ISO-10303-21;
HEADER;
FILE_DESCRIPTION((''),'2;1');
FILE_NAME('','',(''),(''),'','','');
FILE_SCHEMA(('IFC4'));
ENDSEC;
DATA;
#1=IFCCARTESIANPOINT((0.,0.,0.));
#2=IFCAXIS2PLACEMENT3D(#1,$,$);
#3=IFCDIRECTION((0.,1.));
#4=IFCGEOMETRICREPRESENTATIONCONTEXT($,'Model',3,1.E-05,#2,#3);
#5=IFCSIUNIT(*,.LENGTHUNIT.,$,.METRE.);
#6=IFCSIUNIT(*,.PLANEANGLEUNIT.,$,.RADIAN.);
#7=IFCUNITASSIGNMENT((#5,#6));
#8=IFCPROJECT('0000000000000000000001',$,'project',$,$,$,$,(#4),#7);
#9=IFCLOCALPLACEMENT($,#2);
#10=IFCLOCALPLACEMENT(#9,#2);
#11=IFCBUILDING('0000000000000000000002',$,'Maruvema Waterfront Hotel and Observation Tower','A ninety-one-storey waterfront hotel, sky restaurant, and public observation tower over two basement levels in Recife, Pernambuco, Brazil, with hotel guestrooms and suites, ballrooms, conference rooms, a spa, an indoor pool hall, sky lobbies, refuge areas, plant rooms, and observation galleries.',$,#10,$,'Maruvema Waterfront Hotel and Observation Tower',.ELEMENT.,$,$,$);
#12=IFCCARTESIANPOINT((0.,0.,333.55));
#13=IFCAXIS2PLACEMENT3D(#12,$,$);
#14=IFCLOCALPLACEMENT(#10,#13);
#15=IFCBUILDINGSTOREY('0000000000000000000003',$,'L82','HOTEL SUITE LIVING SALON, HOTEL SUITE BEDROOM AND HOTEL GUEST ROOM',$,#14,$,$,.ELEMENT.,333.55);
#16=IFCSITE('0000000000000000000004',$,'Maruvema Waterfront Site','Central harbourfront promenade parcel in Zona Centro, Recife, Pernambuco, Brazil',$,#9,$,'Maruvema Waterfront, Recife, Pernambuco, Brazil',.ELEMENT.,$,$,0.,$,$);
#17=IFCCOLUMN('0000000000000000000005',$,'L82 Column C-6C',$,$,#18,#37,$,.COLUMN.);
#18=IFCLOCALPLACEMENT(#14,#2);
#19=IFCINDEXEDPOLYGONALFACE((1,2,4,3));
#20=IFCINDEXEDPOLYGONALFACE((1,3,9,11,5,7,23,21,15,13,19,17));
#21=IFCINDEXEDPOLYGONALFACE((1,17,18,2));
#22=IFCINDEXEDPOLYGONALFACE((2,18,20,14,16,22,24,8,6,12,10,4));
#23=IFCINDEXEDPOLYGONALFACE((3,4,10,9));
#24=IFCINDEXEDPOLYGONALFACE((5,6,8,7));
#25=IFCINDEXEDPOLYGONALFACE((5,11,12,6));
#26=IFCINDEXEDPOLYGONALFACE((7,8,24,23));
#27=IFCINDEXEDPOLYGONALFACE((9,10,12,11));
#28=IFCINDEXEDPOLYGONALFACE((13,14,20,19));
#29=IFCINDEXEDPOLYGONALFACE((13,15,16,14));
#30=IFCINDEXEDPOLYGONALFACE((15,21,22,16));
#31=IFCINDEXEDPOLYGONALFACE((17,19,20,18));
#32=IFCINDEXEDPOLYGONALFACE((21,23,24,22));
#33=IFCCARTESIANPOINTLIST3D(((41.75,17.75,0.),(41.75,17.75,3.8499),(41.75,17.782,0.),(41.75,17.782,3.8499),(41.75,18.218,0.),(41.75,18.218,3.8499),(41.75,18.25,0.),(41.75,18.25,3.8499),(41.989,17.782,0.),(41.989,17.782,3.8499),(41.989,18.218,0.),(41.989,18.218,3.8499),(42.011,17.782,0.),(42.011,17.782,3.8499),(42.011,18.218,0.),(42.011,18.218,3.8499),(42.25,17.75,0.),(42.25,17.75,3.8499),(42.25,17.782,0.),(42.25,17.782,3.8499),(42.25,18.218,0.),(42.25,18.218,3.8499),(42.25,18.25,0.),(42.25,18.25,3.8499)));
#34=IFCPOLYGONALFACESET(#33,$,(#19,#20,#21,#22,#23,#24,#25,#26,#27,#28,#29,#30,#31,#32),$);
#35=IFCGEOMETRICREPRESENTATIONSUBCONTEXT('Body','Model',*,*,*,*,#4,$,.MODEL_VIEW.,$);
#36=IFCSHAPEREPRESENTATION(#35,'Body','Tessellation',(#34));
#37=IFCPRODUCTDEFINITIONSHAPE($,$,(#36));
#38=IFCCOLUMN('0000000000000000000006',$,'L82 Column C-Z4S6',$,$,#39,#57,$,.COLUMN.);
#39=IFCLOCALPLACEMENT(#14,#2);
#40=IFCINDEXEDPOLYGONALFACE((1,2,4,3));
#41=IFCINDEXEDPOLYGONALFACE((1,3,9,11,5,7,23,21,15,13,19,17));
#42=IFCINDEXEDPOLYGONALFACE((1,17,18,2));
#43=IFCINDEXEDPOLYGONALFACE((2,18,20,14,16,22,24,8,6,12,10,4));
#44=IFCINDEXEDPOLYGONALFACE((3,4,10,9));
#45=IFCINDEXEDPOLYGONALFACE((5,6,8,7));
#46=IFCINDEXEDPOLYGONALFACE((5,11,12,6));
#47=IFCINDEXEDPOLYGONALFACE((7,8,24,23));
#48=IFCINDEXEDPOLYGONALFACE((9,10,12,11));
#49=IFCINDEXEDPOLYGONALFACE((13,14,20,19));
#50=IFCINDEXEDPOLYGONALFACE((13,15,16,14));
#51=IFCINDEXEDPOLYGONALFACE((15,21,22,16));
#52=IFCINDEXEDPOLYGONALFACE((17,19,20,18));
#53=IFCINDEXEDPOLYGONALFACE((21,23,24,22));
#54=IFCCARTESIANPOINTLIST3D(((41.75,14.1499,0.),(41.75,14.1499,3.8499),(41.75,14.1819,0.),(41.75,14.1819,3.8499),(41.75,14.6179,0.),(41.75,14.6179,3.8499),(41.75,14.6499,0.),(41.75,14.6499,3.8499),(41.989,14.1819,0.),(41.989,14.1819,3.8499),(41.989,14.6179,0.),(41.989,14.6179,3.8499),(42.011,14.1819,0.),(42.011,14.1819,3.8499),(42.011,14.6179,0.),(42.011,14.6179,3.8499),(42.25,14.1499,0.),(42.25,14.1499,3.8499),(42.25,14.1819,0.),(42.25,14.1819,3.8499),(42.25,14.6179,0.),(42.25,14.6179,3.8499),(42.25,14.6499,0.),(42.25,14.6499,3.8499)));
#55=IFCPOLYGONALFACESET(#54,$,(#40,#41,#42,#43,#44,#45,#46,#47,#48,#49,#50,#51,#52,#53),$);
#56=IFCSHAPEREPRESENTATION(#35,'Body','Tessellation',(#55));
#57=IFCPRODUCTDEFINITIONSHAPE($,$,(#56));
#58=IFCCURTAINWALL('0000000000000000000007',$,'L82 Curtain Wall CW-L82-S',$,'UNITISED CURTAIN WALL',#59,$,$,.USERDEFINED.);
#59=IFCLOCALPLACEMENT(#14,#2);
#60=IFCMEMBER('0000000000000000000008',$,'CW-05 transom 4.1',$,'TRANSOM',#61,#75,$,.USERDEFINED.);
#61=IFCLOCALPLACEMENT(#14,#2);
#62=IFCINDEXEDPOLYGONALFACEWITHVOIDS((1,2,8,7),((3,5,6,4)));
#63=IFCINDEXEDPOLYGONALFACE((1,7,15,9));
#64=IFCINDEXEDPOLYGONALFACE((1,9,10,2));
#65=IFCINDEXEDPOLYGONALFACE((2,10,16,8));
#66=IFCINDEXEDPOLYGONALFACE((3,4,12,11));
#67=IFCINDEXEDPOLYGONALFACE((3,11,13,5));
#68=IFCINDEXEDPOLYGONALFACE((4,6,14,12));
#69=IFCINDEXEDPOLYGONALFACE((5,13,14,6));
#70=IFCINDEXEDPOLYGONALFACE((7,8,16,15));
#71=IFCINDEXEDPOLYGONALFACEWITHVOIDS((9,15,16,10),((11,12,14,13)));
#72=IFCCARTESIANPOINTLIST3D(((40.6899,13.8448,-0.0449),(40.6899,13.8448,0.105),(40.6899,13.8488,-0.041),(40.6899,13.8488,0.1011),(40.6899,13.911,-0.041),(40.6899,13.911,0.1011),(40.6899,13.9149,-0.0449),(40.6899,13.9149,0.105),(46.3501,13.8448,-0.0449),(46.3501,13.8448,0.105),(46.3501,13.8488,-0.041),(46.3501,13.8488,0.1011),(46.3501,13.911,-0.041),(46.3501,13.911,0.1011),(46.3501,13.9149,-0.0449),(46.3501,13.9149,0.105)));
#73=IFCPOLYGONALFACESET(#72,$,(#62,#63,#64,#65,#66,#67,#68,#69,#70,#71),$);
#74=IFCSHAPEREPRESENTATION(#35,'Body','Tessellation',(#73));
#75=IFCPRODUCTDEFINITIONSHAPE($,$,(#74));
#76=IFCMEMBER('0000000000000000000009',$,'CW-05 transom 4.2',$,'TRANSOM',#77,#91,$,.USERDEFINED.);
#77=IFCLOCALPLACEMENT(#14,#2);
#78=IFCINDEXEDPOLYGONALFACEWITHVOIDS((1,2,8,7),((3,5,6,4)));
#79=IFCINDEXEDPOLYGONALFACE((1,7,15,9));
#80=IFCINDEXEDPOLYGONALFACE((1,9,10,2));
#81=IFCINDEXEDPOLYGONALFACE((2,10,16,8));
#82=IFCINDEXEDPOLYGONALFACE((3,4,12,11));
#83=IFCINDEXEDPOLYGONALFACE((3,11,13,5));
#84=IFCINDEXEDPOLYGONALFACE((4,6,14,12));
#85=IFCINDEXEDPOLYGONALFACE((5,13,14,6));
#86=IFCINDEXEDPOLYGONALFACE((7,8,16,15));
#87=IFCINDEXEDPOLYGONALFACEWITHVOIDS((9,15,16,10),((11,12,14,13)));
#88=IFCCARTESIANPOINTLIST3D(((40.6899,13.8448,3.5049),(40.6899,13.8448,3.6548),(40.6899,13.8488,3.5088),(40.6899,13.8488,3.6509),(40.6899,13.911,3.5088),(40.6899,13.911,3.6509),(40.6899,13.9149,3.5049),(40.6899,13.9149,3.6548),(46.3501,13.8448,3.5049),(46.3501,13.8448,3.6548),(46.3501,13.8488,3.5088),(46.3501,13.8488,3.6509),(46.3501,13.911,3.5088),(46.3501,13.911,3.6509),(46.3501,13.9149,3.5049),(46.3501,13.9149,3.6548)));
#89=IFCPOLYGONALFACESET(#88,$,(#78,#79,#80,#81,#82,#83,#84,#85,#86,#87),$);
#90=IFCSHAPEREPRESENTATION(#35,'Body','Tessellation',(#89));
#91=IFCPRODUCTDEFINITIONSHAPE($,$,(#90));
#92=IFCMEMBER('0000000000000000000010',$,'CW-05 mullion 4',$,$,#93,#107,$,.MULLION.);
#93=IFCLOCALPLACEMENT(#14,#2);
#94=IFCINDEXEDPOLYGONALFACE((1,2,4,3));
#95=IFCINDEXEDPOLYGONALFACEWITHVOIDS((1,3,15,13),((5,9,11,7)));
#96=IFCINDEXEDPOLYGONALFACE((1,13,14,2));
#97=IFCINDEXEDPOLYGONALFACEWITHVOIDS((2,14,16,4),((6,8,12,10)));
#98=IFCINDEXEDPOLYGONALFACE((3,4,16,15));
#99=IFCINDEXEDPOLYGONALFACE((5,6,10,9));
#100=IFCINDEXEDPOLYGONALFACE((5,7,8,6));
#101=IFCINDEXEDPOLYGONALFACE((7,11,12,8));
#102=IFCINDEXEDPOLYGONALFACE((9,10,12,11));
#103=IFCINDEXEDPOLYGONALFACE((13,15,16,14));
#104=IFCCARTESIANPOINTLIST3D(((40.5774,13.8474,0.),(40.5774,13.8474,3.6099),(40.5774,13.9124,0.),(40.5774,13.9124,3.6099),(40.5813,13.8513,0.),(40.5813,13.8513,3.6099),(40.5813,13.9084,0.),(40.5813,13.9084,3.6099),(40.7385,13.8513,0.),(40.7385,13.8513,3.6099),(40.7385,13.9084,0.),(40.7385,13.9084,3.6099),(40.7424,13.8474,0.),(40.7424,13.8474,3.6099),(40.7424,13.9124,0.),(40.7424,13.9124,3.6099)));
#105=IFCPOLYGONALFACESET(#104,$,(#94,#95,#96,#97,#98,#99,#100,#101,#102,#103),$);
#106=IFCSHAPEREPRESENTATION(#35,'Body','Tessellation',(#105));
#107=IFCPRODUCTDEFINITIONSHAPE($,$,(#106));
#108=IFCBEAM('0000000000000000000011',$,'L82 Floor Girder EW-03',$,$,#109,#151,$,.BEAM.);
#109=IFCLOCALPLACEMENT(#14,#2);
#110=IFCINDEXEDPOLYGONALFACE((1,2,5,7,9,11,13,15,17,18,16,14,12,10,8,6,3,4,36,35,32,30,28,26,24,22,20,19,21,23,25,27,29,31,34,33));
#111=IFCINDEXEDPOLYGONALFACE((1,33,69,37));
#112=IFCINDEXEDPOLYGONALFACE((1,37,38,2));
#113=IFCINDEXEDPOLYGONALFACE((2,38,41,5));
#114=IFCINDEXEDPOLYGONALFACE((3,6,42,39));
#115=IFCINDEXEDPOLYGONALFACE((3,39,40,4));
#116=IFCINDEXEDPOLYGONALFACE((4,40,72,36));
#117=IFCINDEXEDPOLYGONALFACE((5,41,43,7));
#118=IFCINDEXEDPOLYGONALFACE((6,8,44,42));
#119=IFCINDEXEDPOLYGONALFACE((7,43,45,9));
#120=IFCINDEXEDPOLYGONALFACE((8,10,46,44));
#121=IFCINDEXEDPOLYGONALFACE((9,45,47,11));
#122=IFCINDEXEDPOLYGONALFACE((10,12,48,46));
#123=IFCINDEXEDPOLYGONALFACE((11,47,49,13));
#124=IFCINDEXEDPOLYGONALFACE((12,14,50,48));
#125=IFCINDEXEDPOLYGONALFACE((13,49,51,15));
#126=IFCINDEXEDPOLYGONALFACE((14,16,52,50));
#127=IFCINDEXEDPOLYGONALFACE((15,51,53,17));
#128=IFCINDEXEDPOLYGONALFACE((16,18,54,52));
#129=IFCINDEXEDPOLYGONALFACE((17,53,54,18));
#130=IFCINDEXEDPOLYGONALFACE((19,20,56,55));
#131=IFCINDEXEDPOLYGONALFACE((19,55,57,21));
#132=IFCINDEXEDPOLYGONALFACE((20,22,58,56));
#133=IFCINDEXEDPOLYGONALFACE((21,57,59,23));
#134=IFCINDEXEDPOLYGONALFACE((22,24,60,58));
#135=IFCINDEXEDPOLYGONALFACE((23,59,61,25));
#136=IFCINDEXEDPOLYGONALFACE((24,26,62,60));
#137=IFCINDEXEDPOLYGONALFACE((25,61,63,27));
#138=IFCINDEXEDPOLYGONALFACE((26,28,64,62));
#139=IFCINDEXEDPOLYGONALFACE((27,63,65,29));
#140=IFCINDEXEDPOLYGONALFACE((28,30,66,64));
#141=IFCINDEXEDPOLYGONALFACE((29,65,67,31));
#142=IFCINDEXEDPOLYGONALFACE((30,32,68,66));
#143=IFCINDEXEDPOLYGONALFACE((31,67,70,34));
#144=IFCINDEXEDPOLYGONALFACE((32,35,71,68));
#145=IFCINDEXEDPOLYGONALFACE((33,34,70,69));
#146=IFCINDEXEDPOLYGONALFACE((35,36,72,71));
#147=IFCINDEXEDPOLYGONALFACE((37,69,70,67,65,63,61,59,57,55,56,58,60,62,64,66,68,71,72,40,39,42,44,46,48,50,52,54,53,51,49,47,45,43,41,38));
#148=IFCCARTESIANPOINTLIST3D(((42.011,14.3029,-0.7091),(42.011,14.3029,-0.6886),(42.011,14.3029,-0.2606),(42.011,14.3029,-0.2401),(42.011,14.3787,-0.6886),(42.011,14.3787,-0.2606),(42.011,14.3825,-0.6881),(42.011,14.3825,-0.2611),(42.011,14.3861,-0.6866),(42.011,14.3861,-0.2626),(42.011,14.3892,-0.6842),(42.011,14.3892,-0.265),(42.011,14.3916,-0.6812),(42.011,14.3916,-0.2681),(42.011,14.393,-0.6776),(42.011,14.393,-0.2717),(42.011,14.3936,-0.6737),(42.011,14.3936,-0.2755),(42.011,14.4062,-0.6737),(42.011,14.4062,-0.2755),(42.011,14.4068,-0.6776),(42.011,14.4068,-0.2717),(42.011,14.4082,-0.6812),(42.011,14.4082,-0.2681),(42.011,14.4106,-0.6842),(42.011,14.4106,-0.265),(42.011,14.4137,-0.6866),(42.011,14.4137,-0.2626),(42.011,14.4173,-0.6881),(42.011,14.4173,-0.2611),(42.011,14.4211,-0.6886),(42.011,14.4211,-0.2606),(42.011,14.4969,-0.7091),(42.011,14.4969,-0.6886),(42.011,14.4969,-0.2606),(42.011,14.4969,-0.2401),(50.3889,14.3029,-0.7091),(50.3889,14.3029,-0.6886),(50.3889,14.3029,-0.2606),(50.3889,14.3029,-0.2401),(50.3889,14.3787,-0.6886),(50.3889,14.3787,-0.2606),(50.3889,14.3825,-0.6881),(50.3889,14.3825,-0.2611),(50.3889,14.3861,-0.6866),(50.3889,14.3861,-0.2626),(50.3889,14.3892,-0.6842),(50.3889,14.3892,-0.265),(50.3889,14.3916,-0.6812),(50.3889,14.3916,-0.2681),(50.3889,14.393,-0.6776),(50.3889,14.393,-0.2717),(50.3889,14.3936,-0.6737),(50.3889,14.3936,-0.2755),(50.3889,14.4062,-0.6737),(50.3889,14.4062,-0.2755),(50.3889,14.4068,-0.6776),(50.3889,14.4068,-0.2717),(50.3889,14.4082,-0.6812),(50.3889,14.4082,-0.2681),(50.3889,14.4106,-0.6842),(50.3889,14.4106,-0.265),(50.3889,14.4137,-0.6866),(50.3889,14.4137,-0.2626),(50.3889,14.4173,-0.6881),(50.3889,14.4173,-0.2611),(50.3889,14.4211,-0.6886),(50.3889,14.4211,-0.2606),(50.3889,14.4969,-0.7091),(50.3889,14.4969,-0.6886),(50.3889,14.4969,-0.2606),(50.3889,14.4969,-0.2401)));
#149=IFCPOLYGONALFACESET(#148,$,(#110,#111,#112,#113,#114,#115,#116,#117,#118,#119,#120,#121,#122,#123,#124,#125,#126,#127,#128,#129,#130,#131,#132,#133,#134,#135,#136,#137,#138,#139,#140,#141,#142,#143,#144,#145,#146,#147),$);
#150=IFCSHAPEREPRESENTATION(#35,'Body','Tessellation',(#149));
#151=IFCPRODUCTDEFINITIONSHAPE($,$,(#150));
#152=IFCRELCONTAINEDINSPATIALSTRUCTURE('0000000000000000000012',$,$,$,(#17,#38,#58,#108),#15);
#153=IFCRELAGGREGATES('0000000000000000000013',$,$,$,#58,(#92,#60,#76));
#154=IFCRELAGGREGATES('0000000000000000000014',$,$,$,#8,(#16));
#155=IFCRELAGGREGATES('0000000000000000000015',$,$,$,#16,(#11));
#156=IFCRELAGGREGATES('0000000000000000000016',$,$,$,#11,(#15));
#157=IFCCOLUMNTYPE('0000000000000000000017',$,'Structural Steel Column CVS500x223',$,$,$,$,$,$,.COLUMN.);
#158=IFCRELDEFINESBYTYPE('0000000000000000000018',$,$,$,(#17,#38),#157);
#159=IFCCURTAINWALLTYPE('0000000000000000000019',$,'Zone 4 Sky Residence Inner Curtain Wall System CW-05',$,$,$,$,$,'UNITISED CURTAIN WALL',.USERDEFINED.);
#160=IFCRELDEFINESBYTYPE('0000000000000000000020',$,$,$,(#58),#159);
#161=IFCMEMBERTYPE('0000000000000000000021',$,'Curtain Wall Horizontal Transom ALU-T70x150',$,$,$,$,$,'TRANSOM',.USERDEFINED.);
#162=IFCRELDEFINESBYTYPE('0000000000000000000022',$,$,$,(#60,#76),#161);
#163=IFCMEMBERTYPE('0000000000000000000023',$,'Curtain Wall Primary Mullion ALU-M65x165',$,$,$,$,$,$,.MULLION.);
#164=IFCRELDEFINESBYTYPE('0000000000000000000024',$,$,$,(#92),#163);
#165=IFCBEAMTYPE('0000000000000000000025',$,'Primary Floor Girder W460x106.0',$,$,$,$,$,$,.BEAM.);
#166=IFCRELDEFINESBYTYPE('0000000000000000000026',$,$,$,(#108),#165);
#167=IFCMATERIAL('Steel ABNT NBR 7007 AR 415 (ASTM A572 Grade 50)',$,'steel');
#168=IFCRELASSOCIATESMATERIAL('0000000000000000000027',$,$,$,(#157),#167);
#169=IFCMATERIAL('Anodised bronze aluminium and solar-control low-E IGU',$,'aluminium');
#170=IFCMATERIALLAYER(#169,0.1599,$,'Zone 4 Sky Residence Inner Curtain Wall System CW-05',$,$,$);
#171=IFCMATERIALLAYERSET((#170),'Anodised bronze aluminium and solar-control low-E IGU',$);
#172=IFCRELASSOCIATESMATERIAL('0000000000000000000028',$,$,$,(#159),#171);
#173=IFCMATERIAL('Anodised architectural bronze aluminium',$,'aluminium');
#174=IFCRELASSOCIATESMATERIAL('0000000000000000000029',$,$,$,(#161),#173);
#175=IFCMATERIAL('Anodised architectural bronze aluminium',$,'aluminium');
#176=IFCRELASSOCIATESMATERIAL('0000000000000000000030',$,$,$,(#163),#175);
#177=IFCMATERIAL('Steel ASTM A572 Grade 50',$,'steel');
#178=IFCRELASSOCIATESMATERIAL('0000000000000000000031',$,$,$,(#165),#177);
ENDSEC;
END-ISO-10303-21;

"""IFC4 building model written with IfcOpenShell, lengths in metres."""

from ifc_helpers import new_model, si_unit, direction, frame, origin, origin_2d, place, context, subcontext, project, spatial, hollow_rectangle, i_section, extrude, material, layer, layer_set, material_profile, profile_set, type_object, element, aggregate, save


model = new_model("IFC4")

# Units and contexts
model_context = context("Model", 3, precision=1e-05, world=origin(), true_north=direction((0.0, 1.0)))
body_context = subcontext(model_context, "Body", "Model", "MODEL_VIEW")
ifc_project = project(units=[si_unit("LENGTHUNIT", "METRE"), si_unit("PLANEANGLEUNIT", "RADIAN")], contexts=[model_context])

# Site, building, storey
site_placement = place(None, origin())
site = spatial("IfcSite", under=ifc_project, at=site_placement, Name="Maruvema Waterfront Site", Description="Central harbourfront promenade parcel in Zona Centro, Recife, Pernambuco, Brazil", LongName="Maruvema Waterfront, Recife, Pernambuco, Brazil", CompositionType="ELEMENT", RefElevation=0.0)
building_placement = place(site_placement, origin())
building = spatial("IfcBuilding", under=site, at=building_placement, Name="Maruvema Waterfront Hotel and Observation Tower", Description="A ninety-one-storey waterfront hotel, sky restaurant, and public observation tower over two basement levels in Recife, Pernambuco, Brazil, with hotel guestrooms and suites, ballrooms, conference rooms, a spa, an indoor pool hall, sky lobbies, refuge areas, plant rooms, and observation galleries.", LongName="Maruvema Waterfront Hotel and Observation Tower", CompositionType="ELEMENT")
storey_placement = place(building_placement, frame((0.0, 0.0, 333.55)))
storey = spatial("IfcBuildingStorey", under=building, at=storey_placement, Name="L82", Description="HOTEL SUITE LIVING SALON, HOTEL SUITE BEDROOM AND HOTEL GUEST ROOM", CompositionType="ELEMENT", Elevation=333.55)

# Columns
ifc_material_1 = material(Name="Steel ABNT NBR 7007 AR 415 (ASTM A572 Grade 50)", Category="steel")
ifc_material_profile_1 = material_profile(ifc_material_1, i_section(OverallWidth=0.5, OverallDepth=0.5, WebThickness=0.022, FlangeThickness=0.032, at=origin_2d()), Name="CVS500x223")
ifc_profile_set_1 = profile_set([ifc_material_profile_1], Name="Steel ABNT NBR 7007 AR 415 (ASTM A572 Grade 50)")
column_type = type_object("IfcColumnType", Name="Structural Steel Column CVS500x223", PredefinedType="COLUMN", material=ifc_profile_set_1)
for number, where, z_axis, x_axis, name in (
    (1, (42.0, 18.0, 0.0), (0.0, 0.0, 1.0), (1.0, 0.0, 0.0), "L82 Column C-6C"),
    (2, (42.0, 14.3999, 0.0), (0.0, 0.0, 1.0), (1.0, 0.0, 0.0), "L82 Column C-Z4S6"),
):
    element("IfcColumn", number, at=place(storey_placement, frame(where, z_axis=z_axis, x_axis=x_axis)), inside=storey, type_object=column_type, Name=name, PredefinedType="COLUMN", context=body_context, shape_type="SweptSolid", body=[
        extrude(i_section(OverallWidth=0.5, OverallDepth=0.5, WebThickness=0.022, FlangeThickness=0.032, at=origin_2d()), origin(), (0.0, 0.0, 1.0), 3.8499),
    ])

# Curtain wall, members
ifc_material_2 = material(Name="Anodised bronze aluminium and solar-control low-E IGU", Category="aluminium")
ifc_layer_1 = layer(ifc_material_2, 0.1599, Name="Zone 4 Sky Residence Inner Curtain Wall System CW-05")
ifc_layer_set_1 = layer_set([ifc_layer_1], Name="Anodised bronze aluminium and solar-control low-E IGU")
curtain_wall_type = type_object("IfcCurtainWallType", Name="Zone 4 Sky Residence Inner Curtain Wall System CW-05", ElementType="UNITISED CURTAIN WALL", PredefinedType="USERDEFINED", material=ifc_layer_set_1)
curtain_wall_placement = place(storey_placement, origin())
curtain_wall = element("IfcCurtainWall", 3, at=curtain_wall_placement, inside=storey, type_object=curtain_wall_type, Name="L82 Curtain Wall CW-L82-S", ObjectType="UNITISED CURTAIN WALL", PredefinedType="USERDEFINED")
ifc_material_3 = material(Name="Anodised architectural bronze aluminium", Category="aluminium")
ifc_material_profile_2 = material_profile(ifc_material_3, hollow_rectangle(XDim=0.0701, YDim=0.1499, WallThickness=0.0039, at=origin_2d()), Name="ALU-T70x150")
ifc_profile_set_2 = profile_set([ifc_material_profile_2], Name="Anodised architectural bronze aluminium")
member_type_1 = type_object("IfcMemberType", Name="Curtain Wall Horizontal Transom ALU-T70x150", ElementType="TRANSOM", PredefinedType="USERDEFINED", material=ifc_profile_set_2)
member_1_placement = place(storey_placement, frame((40.6899, 13.8799, 0.03), z_axis=(1.0, 0.0, 0.0), x_axis=(0.0, 1.0, 0.0)))
member_1 = element("IfcMember", 4, at=member_1_placement, type_object=member_type_1, Name="CW-05 transom 4.1", ObjectType="TRANSOM", PredefinedType="USERDEFINED", context=body_context, shape_type="SweptSolid", body=[
    extrude(hollow_rectangle(XDim=0.0701, YDim=0.1499, WallThickness=0.0039, at=origin_2d()), origin(), (0.0, 0.0, 1.0), 5.6602),
])
member_2_placement = place(storey_placement, frame((40.6899, 13.8799, 3.5798), z_axis=(1.0, 0.0, 0.0), x_axis=(0.0, 1.0, 0.0)))
member_2 = element("IfcMember", 5, at=member_2_placement, type_object=member_type_1, Name="CW-05 transom 4.2", ObjectType="TRANSOM", PredefinedType="USERDEFINED", context=body_context, shape_type="SweptSolid", body=[
    extrude(hollow_rectangle(XDim=0.0701, YDim=0.1499, WallThickness=0.0039, at=origin_2d()), origin(), (0.0, 0.0, 1.0), 5.6602),
])
ifc_material_4 = material(Name="Anodised architectural bronze aluminium", Category="aluminium")
ifc_material_profile_3 = material_profile(ifc_material_4, hollow_rectangle(XDim=0.0649, YDim=0.165, WallThickness=0.0039, at=origin_2d()), Name="ALU-M65x165")
ifc_profile_set_3 = profile_set([ifc_material_profile_3], Name="Anodised architectural bronze aluminium")
member_type_2 = type_object("IfcMemberType", Name="Curtain Wall Primary Mullion ALU-M65x165", PredefinedType="MULLION", material=ifc_profile_set_3)
member_3_placement = place(storey_placement, frame((40.6599, 13.8799, 0.0), z_axis=(0.0, 0.0, 1.0), x_axis=(0.0, 1.0, 0.0)))
member_3 = element("IfcMember", 6, at=member_3_placement, type_object=member_type_2, Name="CW-05 mullion 4", PredefinedType="MULLION", context=body_context, shape_type="SweptSolid", body=[
    extrude(hollow_rectangle(XDim=0.0649, YDim=0.165, WallThickness=0.0039, at=origin_2d()), origin(), (0.0, 0.0, 1.0), 3.6099),
])

# Beam
ifc_material_5 = material(Name="Steel ASTM A572 Grade 50", Category="steel")
ifc_material_profile_4 = material_profile(ifc_material_5, i_section(OverallWidth=0.1941, OverallDepth=0.469, WebThickness=0.0127, FlangeThickness=0.0205, FilletRadius=0.0149, at=origin_2d()), Name="W460x106.0")
ifc_profile_set_4 = profile_set([ifc_material_profile_4], Name="Steel ASTM A572 Grade 50")
beam_type_1 = type_object("IfcBeamType", Name="Primary Floor Girder W460x106.0", PredefinedType="BEAM", material=ifc_profile_set_4)
beam_1_placement = place(storey_placement, frame((42.011, 14.3999, -0.4746), z_axis=(1.0, 0.0, 0.0), x_axis=(0.0, 1.0, 0.0)))
element("IfcBeam", 7, at=beam_1_placement, inside=storey, type_object=beam_type_1, Name="L82 Floor Girder EW-03", PredefinedType="BEAM", context=body_context, shape_type="SweptSolid", body=[
    extrude(i_section(OverallWidth=0.1941, OverallDepth=0.469, WebThickness=0.0127, FlangeThickness=0.0205, FilletRadius=0.0149, at=origin_2d()), origin(), (0.0, 0.0, 1.0), 8.3779),
])

aggregate(curtain_wall, [member_3, member_1, member_2])

save(model, "model.ifc")
